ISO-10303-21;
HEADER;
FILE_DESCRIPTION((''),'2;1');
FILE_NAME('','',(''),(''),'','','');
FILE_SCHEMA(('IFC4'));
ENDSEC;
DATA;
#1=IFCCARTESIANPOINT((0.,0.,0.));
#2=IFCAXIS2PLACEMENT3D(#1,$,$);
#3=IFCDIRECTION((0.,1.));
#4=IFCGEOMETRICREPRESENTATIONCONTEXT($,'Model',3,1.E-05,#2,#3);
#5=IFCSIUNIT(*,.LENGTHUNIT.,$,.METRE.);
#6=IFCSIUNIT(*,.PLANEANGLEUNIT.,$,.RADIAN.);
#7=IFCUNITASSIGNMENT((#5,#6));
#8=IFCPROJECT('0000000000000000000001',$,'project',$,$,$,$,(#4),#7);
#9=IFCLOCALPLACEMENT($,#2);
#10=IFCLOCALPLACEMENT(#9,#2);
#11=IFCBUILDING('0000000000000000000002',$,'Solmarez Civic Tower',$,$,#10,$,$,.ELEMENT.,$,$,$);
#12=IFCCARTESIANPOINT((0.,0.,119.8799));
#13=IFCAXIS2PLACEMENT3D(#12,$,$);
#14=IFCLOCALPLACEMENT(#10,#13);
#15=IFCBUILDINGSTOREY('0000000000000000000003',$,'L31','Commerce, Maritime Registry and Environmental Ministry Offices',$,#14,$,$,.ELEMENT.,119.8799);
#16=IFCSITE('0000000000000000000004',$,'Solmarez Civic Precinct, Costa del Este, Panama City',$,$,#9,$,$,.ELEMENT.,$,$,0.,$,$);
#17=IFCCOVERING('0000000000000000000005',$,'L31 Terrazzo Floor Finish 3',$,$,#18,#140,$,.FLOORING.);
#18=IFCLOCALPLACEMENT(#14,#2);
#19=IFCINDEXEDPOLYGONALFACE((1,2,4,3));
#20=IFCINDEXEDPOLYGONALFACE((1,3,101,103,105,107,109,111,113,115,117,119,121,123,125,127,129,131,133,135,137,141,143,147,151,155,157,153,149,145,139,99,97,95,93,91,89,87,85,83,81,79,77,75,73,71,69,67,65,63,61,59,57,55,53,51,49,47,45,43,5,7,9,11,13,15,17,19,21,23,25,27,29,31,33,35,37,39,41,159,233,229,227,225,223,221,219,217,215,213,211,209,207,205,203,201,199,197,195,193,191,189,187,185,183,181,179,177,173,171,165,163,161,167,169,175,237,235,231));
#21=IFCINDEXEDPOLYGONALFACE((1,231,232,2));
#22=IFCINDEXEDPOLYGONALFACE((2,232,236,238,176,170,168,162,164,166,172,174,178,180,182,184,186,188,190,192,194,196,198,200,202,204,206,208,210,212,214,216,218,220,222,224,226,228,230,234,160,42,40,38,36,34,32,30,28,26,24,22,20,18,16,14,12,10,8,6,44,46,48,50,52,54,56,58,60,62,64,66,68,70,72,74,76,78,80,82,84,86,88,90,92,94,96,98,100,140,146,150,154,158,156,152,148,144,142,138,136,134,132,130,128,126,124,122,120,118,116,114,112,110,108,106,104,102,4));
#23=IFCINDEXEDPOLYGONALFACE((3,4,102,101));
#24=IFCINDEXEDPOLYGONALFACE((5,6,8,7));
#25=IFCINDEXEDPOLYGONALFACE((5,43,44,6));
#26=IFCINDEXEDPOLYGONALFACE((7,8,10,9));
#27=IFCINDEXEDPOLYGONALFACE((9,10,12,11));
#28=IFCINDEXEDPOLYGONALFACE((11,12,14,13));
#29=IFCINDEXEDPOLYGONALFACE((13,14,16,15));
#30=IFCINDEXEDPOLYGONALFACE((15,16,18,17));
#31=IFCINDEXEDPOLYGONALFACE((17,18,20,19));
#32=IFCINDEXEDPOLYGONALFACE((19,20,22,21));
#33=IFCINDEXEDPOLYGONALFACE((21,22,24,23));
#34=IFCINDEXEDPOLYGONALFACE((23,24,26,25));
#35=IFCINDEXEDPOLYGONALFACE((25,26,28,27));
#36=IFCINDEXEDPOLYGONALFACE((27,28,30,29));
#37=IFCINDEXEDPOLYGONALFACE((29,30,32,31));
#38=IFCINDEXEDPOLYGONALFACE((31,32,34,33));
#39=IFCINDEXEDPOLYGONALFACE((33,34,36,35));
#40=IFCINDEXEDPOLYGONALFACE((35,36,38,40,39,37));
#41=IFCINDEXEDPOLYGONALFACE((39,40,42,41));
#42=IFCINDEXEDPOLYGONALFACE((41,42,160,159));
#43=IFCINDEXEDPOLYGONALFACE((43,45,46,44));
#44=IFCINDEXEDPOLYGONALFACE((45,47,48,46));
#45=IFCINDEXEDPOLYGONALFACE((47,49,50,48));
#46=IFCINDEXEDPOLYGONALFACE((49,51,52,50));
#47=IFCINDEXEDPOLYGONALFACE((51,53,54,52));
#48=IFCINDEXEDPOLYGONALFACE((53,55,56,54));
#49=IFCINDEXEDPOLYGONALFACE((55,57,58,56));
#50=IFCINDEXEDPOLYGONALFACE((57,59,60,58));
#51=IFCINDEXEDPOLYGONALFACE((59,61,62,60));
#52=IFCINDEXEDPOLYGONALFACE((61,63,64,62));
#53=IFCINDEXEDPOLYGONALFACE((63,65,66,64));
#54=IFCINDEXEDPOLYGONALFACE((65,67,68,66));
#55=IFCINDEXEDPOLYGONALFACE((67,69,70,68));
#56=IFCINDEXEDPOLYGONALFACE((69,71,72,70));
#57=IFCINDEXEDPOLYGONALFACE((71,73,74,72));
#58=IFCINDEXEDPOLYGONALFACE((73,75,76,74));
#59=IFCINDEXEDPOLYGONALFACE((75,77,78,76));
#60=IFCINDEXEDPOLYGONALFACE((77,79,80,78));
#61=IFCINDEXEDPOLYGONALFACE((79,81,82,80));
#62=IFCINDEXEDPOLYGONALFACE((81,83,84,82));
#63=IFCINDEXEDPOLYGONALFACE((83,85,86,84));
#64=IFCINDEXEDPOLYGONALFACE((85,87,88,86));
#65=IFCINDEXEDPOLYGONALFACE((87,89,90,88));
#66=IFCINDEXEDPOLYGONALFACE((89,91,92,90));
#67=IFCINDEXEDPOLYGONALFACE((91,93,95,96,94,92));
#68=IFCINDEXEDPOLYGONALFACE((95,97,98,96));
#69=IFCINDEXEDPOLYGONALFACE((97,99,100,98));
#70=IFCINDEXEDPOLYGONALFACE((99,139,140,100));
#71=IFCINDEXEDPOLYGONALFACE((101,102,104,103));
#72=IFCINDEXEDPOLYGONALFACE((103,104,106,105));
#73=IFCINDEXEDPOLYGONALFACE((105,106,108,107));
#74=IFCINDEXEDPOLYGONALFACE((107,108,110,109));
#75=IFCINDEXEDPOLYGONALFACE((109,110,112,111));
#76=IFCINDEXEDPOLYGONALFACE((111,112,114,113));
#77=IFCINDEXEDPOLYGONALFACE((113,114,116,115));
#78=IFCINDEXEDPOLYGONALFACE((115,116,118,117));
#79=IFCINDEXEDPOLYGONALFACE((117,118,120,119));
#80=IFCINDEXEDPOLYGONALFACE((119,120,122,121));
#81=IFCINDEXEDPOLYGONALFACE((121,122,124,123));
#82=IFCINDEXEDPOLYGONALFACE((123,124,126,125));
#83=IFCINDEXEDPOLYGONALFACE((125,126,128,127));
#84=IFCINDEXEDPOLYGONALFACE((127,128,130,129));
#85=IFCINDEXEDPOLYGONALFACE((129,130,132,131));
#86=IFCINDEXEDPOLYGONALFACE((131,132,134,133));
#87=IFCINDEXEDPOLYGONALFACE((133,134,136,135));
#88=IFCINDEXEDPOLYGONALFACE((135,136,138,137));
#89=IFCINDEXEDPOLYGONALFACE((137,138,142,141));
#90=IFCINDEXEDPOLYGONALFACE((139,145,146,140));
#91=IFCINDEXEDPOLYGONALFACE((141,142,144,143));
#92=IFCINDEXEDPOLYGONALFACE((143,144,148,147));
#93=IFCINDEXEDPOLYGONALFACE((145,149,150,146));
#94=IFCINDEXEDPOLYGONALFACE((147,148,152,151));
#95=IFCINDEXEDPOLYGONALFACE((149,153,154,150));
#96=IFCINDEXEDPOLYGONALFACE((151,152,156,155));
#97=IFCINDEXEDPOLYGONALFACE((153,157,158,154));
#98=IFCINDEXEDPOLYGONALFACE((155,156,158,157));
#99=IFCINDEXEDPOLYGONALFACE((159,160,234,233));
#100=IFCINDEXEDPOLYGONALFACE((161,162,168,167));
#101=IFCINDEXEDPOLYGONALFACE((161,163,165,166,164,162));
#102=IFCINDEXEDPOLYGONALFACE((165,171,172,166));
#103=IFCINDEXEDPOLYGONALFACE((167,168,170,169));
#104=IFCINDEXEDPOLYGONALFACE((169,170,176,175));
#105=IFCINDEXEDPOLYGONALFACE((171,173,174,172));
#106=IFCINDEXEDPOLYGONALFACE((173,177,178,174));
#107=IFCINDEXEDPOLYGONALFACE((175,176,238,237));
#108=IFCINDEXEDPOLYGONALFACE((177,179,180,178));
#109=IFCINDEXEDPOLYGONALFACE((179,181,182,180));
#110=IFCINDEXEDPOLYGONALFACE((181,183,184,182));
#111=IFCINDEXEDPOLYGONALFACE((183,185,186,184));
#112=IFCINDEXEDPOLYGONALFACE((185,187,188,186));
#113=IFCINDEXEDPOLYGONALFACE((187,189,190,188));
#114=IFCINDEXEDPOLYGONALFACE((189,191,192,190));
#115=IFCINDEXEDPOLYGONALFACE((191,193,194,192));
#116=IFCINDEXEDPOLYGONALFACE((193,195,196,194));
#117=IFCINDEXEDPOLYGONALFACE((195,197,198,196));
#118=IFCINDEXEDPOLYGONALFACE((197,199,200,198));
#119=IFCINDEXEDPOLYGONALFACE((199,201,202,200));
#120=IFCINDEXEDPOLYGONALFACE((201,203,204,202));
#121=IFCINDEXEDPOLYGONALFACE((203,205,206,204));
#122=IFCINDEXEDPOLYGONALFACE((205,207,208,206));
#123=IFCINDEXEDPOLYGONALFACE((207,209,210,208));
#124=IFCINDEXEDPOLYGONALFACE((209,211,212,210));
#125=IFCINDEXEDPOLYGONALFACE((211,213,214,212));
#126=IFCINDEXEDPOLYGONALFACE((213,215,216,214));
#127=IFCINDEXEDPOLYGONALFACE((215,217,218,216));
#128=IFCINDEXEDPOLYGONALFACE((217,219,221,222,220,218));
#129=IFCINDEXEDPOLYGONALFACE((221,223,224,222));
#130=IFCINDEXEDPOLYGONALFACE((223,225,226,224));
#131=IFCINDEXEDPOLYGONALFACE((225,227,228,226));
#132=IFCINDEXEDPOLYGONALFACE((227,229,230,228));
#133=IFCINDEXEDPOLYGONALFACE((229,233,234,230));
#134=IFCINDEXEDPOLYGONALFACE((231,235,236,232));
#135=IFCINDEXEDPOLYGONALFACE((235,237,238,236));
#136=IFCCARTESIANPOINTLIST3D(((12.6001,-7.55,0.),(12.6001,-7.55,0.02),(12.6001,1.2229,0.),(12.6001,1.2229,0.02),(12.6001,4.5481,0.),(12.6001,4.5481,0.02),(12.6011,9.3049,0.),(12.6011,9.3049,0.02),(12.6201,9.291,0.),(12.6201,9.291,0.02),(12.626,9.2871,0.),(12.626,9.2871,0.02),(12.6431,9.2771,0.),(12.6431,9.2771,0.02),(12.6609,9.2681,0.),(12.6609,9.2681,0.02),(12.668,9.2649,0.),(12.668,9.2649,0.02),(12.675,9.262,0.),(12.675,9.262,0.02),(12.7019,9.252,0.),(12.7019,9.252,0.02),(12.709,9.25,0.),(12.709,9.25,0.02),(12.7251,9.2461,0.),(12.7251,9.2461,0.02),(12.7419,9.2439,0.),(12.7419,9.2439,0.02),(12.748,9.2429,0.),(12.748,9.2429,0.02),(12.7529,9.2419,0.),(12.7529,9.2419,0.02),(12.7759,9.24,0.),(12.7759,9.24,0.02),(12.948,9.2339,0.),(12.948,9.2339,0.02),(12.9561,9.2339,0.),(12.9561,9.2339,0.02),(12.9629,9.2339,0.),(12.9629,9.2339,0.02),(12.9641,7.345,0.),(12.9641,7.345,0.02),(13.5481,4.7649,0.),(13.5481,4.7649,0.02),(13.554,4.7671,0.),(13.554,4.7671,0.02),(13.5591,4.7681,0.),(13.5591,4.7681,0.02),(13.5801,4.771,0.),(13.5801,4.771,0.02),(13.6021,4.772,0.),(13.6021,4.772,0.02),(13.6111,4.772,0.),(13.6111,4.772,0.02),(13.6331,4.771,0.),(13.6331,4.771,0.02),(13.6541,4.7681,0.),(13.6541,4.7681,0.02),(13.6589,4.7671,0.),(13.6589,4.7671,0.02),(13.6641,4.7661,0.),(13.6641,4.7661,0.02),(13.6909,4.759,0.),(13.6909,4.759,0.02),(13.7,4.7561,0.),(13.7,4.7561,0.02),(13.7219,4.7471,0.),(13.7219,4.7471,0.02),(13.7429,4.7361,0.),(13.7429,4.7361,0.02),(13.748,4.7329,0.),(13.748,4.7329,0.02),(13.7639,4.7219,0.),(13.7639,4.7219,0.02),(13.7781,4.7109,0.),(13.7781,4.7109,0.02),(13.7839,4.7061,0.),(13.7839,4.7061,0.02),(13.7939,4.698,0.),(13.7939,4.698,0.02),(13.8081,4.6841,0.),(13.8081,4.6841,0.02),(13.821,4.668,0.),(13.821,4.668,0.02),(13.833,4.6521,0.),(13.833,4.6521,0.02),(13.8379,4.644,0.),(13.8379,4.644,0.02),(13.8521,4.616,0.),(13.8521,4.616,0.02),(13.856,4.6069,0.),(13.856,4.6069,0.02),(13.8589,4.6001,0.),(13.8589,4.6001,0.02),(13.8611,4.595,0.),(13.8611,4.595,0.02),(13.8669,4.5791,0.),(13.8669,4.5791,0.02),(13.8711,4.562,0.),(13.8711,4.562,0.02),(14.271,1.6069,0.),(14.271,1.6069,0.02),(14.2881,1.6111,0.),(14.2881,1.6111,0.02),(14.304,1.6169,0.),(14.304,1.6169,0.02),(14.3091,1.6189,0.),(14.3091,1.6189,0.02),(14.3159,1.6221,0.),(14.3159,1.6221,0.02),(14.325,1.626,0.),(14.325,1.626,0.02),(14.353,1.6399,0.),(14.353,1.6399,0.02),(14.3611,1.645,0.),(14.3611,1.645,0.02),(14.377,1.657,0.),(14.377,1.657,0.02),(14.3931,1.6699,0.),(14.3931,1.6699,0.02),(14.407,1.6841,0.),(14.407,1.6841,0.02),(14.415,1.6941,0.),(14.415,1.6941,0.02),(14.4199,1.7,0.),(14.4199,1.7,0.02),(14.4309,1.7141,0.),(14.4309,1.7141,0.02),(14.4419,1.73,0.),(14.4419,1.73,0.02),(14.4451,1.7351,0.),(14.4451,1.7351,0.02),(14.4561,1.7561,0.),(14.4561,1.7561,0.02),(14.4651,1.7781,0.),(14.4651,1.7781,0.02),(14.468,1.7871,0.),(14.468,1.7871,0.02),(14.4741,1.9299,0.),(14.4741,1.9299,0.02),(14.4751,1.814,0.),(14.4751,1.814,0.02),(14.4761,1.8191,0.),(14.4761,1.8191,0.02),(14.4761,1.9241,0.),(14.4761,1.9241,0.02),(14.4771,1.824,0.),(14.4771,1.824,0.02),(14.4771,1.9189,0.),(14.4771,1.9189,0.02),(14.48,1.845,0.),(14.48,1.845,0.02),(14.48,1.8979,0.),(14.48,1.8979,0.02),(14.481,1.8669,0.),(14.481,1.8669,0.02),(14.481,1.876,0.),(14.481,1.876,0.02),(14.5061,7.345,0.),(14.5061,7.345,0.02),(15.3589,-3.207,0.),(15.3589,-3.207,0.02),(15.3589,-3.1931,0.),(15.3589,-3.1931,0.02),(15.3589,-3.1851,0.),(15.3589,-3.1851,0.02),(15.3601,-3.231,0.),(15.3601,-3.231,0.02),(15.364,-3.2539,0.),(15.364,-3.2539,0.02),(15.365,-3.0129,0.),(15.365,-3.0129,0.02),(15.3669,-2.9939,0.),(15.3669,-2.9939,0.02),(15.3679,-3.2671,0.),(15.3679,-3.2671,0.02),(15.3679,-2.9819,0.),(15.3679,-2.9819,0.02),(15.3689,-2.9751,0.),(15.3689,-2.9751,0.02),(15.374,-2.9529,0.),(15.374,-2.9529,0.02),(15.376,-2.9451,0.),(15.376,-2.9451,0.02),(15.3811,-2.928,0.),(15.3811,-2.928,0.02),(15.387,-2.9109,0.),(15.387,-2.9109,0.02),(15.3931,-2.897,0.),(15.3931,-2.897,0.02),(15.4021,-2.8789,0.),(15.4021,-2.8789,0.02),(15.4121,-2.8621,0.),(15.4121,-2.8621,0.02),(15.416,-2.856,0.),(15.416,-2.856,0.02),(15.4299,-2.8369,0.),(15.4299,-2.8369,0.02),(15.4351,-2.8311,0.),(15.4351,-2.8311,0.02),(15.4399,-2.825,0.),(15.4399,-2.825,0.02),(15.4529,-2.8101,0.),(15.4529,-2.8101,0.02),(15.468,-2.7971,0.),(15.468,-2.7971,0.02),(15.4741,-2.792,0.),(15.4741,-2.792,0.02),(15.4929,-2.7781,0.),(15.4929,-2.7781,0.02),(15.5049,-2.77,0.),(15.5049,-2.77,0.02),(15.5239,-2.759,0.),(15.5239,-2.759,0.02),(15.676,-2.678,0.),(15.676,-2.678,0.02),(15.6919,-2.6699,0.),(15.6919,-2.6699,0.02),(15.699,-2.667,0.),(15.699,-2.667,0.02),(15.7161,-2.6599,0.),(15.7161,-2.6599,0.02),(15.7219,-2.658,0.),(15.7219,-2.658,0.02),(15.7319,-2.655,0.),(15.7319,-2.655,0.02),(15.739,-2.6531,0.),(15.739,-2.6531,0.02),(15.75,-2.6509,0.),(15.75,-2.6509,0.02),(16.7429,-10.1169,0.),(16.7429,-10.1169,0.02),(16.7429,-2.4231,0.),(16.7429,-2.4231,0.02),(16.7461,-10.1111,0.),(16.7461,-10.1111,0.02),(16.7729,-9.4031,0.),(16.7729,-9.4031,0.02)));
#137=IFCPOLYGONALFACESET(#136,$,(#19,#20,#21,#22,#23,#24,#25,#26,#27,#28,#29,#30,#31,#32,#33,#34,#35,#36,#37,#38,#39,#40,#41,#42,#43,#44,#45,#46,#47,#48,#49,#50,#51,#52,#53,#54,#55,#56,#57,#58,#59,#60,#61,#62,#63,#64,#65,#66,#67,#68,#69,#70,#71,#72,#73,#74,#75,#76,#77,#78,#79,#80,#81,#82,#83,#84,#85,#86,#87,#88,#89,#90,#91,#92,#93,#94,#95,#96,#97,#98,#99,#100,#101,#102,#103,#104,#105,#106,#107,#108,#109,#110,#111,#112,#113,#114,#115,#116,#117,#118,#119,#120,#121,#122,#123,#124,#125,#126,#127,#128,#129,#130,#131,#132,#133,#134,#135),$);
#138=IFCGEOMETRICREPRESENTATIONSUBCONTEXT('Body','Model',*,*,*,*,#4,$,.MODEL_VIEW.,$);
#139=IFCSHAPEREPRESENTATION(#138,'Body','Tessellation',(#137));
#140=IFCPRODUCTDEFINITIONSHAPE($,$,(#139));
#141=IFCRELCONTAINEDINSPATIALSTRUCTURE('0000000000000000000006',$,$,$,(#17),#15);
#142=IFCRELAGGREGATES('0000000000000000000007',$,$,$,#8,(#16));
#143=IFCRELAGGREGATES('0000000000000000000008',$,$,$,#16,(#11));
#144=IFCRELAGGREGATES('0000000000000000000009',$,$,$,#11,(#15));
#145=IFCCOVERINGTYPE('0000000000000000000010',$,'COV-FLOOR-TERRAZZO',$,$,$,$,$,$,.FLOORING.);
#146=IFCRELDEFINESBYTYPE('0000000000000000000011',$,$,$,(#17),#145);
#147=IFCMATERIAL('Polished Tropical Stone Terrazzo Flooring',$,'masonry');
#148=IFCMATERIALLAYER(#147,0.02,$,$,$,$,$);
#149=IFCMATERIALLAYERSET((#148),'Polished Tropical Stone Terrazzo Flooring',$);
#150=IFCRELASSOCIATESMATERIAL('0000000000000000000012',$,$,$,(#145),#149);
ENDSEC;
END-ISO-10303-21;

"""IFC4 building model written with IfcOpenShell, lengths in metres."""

from ifc_helpers import new_model, si_unit, direction, frame, origin, place, context, subcontext, project, spatial, polyline, outline, extrude, material, layer, layer_set, type_object, element, save


model = new_model("IFC4")

# Units and contexts
model_context = context("Model", 3, precision=1e-05, world=origin(), true_north=direction((0.0, 1.0)))
body_context = subcontext(model_context, "Body", "Model", "MODEL_VIEW")
ifc_project = project(units=[si_unit("LENGTHUNIT", "METRE"), si_unit("PLANEANGLEUNIT", "RADIAN")], contexts=[model_context])

# Site, building, storey
site_placement = place(None, origin())
site = spatial("IfcSite", under=ifc_project, at=site_placement, Name="Solmarez Civic Precinct, Costa del Este, Panama City", CompositionType="ELEMENT", RefElevation=0.0)
building_placement = place(site_placement, origin())
building = spatial("IfcBuilding", under=site, at=building_placement, Name="Solmarez Civic Tower", CompositionType="ELEMENT")
storey_placement = place(building_placement, frame((0.0, 0.0, 119.8799)))
storey = spatial("IfcBuildingStorey", under=building, at=storey_placement, Name="L31", Description="Commerce, Maritime Registry and Environmental Ministry Offices", CompositionType="ELEMENT", Elevation=119.8799)

# Covering
ifc_material_1 = material(Name="Polished Tropical Stone Terrazzo Flooring", Category="masonry")
ifc_layer_1 = layer(ifc_material_1, 0.02)
ifc_layer_set_1 = layer_set([ifc_layer_1], Name="Polished Tropical Stone Terrazzo Flooring")
covering_type_1 = type_object("IfcCoveringType", Name="COV-FLOOR-TERRAZZO", PredefinedType="FLOORING", material=ifc_layer_set_1)
covering_1_placement = place(storey_placement, origin())
element("IfcCovering", 1, at=covering_1_placement, inside=storey, type_object=covering_type_1, Name="L31 Terrazzo Floor Finish 3", PredefinedType="FLOORING", context=body_context, shape_type="SweptSolid", body=[
    extrude(outline(polyline([(12.6001, 4.5481), (13.5481, 4.7649), (13.554, 4.7671), (13.5591, 4.7681), (13.5801, 4.771), (13.6021, 4.772), (13.6111, 4.772), (13.6331, 4.771), (13.6541, 4.7681), (13.6589, 4.7671), (13.6641, 4.7661), (13.6909, 4.759), (13.7, 4.7561), (13.7219, 4.7471), (13.7429, 4.7361), (13.748, 4.7329), (13.7639, 4.7219), (13.7781, 4.7109), (13.7839, 4.7061), (13.7939, 4.698), (13.8081, 4.6841), (13.821, 4.668), (13.833, 4.6521), (13.8379, 4.644), (13.8521, 4.616), (13.856, 4.6069), (13.8589, 4.6001), (13.8611, 4.595), (13.8669, 4.5791), (13.8711, 4.562), (14.4741, 1.9299), (14.4761, 1.9241), (14.4771, 1.9189), (14.48, 1.8979), (14.481, 1.876), (14.481, 1.8669), (14.48, 1.845), (14.4771, 1.824), (14.4761, 1.8191), (14.4751, 1.814), (14.468, 1.7871), (14.4651, 1.7781), (14.4561, 1.7561), (14.4451, 1.7351), (14.4419, 1.73), (14.4309, 1.7141), (14.4199, 1.7), (14.415, 1.6941), (14.407, 1.6841), (14.3931, 1.6699), (14.377, 1.657), (14.3611, 1.645), (14.353, 1.6399), (14.325, 1.626), (14.3159, 1.6221), (14.3091, 1.6189), (14.304, 1.6169), (14.2881, 1.6111), (14.271, 1.6069), (12.6001, 1.2229), (12.6001, -7.55), (16.7429, -10.1169), (16.7461, -10.1111), (16.7729, -9.4031), (15.3679, -3.2671), (15.364, -3.2539), (15.3601, -3.231), (15.3589, -3.207), (15.3589, -3.1931), (15.3589, -3.1851), (15.365, -3.0129), (15.3669, -2.9939), (15.3679, -2.9819), (15.3689, -2.9751), (15.374, -2.9529), (15.376, -2.9451), (15.3811, -2.928), (15.387, -2.9109), (15.3931, -2.897), (15.4021, -2.8789), (15.4121, -2.8621), (15.416, -2.856), (15.4299, -2.8369), (15.4351, -2.8311), (15.4399, -2.825), (15.4529, -2.8101), (15.468, -2.7971), (15.4741, -2.792), (15.4929, -2.7781), (15.5049, -2.77), (15.5239, -2.759), (15.676, -2.678), (15.6919, -2.6699), (15.699, -2.667), (15.7161, -2.6599), (15.7219, -2.658), (15.7319, -2.655), (15.739, -2.6531), (15.75, -2.6509), (16.7429, -2.4231), (14.5061, 7.345), (12.9641, 7.345), (12.9629, 9.2339), (12.9561, 9.2339), (12.948, 9.2339), (12.7759, 9.24), (12.7529, 9.2419), (12.748, 9.2429), (12.7419, 9.2439), (12.7251, 9.2461), (12.709, 9.25), (12.7019, 9.252), (12.675, 9.262), (12.668, 9.2649), (12.6609, 9.2681), (12.6431, 9.2771), (12.626, 9.2871), (12.6201, 9.291), (12.6011, 9.3049), (12.6001, 4.5481)])), origin(), (0.0, 0.0, 1.0), 0.02),
])

save(model, "model.ifc")
